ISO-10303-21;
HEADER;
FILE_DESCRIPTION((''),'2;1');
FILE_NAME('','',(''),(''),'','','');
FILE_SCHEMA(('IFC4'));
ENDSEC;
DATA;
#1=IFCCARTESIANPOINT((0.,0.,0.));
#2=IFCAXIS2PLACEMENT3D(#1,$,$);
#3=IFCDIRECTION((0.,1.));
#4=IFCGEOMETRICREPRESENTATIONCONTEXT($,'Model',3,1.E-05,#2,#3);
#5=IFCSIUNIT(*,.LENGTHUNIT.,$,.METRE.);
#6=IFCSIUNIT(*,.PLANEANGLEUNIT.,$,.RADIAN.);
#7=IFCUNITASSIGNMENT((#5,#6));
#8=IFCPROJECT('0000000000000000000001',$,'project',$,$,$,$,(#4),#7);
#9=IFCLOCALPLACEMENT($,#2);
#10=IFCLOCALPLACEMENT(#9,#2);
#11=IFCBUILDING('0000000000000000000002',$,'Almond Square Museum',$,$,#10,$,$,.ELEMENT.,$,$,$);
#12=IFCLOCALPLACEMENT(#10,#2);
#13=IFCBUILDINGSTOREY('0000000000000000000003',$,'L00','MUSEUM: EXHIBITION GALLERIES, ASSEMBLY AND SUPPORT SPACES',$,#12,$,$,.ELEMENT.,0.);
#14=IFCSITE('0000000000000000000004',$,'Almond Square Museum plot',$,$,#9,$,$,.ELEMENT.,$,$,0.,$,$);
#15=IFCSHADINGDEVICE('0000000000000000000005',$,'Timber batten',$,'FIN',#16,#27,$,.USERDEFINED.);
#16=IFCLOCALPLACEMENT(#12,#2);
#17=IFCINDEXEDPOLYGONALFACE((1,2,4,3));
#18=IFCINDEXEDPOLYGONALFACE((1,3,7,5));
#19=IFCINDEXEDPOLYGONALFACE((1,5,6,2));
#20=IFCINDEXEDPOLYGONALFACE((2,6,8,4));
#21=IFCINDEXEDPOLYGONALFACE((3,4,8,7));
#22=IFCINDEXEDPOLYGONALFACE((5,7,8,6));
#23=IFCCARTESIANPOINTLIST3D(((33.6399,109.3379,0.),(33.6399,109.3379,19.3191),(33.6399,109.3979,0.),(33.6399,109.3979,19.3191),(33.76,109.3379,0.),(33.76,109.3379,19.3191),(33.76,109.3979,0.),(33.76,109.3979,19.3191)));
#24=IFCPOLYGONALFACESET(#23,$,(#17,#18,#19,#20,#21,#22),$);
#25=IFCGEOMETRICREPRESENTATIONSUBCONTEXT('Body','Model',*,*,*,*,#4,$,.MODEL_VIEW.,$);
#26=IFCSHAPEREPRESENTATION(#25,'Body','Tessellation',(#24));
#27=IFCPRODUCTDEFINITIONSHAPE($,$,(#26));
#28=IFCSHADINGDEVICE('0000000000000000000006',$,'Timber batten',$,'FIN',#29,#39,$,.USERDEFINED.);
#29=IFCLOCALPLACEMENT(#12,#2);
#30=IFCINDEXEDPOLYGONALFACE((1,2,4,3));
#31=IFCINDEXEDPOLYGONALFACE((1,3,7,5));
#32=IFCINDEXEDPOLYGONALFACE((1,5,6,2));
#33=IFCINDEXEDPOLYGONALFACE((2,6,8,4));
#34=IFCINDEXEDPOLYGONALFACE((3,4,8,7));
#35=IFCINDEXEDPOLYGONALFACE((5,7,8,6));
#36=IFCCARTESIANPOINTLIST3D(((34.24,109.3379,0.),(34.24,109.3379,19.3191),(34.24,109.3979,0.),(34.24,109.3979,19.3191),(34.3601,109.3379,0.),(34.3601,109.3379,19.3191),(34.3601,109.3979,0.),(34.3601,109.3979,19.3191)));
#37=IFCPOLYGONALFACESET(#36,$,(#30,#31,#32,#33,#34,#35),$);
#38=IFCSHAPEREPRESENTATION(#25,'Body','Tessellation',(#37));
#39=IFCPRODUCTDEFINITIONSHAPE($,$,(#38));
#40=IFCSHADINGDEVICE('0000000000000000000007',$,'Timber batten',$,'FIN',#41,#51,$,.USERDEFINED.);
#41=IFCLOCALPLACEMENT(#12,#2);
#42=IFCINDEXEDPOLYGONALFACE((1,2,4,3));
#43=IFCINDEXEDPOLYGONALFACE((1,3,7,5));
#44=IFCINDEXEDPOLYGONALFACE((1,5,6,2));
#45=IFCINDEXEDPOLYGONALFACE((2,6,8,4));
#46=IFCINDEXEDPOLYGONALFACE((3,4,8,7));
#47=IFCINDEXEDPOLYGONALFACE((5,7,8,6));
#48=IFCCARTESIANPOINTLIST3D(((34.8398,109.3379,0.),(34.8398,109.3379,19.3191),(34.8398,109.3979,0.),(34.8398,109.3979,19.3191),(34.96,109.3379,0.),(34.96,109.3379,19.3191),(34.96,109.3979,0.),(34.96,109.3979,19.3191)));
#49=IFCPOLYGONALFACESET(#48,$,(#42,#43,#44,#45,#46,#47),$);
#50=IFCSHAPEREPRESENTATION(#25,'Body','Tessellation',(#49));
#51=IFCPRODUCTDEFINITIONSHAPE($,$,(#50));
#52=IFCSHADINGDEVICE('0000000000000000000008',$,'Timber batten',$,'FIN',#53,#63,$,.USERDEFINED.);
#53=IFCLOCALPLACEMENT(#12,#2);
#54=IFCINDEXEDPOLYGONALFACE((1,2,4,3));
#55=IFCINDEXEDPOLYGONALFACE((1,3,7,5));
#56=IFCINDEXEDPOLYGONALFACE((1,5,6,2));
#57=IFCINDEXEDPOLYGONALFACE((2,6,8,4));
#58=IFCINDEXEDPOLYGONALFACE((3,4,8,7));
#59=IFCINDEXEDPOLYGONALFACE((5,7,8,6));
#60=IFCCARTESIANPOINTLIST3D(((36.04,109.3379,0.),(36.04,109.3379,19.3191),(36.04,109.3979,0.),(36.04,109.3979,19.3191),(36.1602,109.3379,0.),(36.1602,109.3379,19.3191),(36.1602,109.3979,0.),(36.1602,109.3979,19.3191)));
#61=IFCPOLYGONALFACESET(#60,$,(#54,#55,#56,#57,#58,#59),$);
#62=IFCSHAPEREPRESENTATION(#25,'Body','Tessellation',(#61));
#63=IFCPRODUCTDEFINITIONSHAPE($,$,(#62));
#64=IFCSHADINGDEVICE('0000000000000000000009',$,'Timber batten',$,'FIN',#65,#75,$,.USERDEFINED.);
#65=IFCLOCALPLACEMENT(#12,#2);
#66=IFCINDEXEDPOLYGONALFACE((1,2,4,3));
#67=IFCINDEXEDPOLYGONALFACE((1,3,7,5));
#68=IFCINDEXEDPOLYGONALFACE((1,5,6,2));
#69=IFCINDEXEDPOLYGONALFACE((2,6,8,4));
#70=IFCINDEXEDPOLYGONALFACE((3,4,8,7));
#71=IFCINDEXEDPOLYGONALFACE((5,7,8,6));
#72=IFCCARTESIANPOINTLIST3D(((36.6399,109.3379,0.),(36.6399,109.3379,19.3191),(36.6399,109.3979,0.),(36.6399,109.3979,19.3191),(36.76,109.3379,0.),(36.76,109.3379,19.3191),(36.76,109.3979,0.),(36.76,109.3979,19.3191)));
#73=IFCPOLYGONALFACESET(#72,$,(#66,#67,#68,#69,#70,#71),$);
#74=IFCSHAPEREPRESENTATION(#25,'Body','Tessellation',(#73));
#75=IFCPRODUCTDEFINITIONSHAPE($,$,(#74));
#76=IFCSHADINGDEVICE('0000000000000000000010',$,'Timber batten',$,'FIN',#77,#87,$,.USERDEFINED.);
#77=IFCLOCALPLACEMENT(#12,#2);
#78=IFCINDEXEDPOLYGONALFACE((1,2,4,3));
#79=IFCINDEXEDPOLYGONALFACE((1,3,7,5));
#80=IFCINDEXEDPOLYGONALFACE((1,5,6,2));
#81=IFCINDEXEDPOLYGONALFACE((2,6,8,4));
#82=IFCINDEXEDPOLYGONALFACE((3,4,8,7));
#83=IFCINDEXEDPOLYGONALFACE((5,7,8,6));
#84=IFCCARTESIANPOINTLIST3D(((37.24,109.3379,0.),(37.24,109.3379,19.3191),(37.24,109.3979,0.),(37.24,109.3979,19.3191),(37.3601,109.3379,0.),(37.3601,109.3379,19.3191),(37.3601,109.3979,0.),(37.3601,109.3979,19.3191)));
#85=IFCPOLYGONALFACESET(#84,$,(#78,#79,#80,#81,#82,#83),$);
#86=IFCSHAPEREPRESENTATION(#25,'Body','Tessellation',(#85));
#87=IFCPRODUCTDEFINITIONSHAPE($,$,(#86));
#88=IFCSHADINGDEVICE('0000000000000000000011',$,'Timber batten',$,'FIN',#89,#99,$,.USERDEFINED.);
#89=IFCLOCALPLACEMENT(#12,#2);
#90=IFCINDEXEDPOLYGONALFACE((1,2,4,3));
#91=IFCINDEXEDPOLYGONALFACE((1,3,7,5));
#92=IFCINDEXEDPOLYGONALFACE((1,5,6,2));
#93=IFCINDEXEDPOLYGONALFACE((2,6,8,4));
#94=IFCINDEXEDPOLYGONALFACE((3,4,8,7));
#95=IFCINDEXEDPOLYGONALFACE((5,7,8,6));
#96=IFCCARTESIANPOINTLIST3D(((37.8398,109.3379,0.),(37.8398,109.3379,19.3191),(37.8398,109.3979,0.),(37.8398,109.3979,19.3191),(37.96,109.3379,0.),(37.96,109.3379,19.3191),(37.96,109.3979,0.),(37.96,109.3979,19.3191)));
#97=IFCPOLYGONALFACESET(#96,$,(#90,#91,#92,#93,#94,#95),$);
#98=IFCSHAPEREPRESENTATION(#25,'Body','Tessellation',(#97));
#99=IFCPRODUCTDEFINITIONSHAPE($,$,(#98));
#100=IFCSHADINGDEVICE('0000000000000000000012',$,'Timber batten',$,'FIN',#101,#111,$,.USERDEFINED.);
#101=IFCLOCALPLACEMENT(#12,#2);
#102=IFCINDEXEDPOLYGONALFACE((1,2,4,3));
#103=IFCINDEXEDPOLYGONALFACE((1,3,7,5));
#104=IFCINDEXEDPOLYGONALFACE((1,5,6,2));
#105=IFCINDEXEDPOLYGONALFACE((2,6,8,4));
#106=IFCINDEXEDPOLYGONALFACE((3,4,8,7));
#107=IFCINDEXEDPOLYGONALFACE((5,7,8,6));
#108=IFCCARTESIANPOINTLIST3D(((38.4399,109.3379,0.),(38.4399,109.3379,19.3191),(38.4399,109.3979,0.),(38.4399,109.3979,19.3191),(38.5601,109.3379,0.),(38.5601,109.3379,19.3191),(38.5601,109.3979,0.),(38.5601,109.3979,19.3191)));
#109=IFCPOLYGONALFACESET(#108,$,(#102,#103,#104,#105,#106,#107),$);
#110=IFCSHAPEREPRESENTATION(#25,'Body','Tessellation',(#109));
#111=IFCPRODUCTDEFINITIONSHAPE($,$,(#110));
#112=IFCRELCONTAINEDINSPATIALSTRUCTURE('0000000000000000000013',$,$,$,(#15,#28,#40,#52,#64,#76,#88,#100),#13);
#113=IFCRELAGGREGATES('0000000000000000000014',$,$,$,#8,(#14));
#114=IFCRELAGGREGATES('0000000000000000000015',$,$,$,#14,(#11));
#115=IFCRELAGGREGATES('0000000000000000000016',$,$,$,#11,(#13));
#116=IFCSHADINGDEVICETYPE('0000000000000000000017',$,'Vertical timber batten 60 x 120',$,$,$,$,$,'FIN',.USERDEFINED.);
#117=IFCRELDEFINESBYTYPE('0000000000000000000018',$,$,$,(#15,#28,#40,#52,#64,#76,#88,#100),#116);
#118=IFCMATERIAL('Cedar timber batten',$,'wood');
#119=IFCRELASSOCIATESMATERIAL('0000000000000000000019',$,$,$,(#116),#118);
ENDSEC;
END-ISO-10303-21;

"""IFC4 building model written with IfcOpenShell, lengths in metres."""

from ifc_helpers import new_model, si_unit, direction, frame, origin, origin_2d, place, context, subcontext, project, spatial, rectangle, extrude, material, material_profile, profile_set, type_object, element, save


model = new_model("IFC4")

# Units and contexts
model_context = context("Model", 3, precision=1e-05, world=origin(), true_north=direction((0.0, 1.0)))
body_context = subcontext(model_context, "Body", "Model", "MODEL_VIEW")
ifc_project = project(units=[si_unit("LENGTHUNIT", "METRE"), si_unit("PLANEANGLEUNIT", "RADIAN")], contexts=[model_context])

# Site, building, storey
site_placement = place(None, origin())
site = spatial("IfcSite", under=ifc_project, at=site_placement, Name="Almond Square Museum plot", CompositionType="ELEMENT", RefElevation=0.0)
building_placement = place(site_placement, origin())
building = spatial("IfcBuilding", under=site, at=building_placement, Name="Almond Square Museum", CompositionType="ELEMENT")
storey_placement = place(building_placement, origin())
storey = spatial("IfcBuildingStorey", under=building, at=storey_placement, Name="L00", Description="MUSEUM: EXHIBITION GALLERIES, ASSEMBLY AND SUPPORT SPACES", CompositionType="ELEMENT", Elevation=0.0)

# Shading devices
ifc_material_1 = material(Name="Cedar timber batten", Category="wood")
ifc_material_profile_1 = material_profile(ifc_material_1, rectangle(XDim=0.0601, YDim=0.1201, at=origin_2d()))
ifc_profile_set_1 = profile_set([ifc_material_profile_1], Name="Cedar timber batten")
shading_device_type_1 = type_object("IfcShadingDeviceType", Name="Vertical timber batten 60 x 120", ElementType="FIN", PredefinedType="USERDEFINED", material=ifc_profile_set_1)
for number, where, z_axis, x_axis, name in (
    (1, (33.7, 109.3679, 0.0), (0.0, 0.0, 1.0), (0.0, 1.0, 0.0), "Timber batten"),
    (2, (34.3, 109.3679, 0.0), (0.0, 0.0, 1.0), (0.0, 1.0, 0.0), "Timber batten"),
    (3, (34.8999, 109.3679, 0.0), (0.0, 0.0, 1.0), (0.0, 1.0, 0.0), "Timber batten"),
    (4, (36.1001, 109.3679, 0.0), (0.0, 0.0, 1.0), (0.0, 1.0, 0.0), "Timber batten"),
    (5, (36.7, 109.3679, 0.0), (0.0, 0.0, 1.0), (0.0, 1.0, 0.0), "Timber batten"),
    (6, (37.3, 109.3679, 0.0), (0.0, 0.0, 1.0), (0.0, 1.0, 0.0), "Timber batten"),
    (7, (37.8999, 109.3679, 0.0), (0.0, 0.0, 1.0), (0.0, 1.0, 0.0), "Timber batten"),
    (8, (38.5, 109.3679, 0.0), (0.0, 0.0, 1.0), (0.0, 1.0, 0.0), "Timber batten"),
):
    element("IfcShadingDevice", number, at=place(storey_placement, frame(where, z_axis=z_axis, x_axis=x_axis)), inside=storey, type_object=shading_device_type_1, Name=name, ObjectType="FIN", PredefinedType="USERDEFINED", context=body_context, shape_type="SweptSolid", body=[
        extrude(rectangle(XDim=0.0601, YDim=0.1201, at=origin_2d()), origin(), (0.0, 0.0, 1.0), 19.3191),
    ])

save(model, "model.ifc")
